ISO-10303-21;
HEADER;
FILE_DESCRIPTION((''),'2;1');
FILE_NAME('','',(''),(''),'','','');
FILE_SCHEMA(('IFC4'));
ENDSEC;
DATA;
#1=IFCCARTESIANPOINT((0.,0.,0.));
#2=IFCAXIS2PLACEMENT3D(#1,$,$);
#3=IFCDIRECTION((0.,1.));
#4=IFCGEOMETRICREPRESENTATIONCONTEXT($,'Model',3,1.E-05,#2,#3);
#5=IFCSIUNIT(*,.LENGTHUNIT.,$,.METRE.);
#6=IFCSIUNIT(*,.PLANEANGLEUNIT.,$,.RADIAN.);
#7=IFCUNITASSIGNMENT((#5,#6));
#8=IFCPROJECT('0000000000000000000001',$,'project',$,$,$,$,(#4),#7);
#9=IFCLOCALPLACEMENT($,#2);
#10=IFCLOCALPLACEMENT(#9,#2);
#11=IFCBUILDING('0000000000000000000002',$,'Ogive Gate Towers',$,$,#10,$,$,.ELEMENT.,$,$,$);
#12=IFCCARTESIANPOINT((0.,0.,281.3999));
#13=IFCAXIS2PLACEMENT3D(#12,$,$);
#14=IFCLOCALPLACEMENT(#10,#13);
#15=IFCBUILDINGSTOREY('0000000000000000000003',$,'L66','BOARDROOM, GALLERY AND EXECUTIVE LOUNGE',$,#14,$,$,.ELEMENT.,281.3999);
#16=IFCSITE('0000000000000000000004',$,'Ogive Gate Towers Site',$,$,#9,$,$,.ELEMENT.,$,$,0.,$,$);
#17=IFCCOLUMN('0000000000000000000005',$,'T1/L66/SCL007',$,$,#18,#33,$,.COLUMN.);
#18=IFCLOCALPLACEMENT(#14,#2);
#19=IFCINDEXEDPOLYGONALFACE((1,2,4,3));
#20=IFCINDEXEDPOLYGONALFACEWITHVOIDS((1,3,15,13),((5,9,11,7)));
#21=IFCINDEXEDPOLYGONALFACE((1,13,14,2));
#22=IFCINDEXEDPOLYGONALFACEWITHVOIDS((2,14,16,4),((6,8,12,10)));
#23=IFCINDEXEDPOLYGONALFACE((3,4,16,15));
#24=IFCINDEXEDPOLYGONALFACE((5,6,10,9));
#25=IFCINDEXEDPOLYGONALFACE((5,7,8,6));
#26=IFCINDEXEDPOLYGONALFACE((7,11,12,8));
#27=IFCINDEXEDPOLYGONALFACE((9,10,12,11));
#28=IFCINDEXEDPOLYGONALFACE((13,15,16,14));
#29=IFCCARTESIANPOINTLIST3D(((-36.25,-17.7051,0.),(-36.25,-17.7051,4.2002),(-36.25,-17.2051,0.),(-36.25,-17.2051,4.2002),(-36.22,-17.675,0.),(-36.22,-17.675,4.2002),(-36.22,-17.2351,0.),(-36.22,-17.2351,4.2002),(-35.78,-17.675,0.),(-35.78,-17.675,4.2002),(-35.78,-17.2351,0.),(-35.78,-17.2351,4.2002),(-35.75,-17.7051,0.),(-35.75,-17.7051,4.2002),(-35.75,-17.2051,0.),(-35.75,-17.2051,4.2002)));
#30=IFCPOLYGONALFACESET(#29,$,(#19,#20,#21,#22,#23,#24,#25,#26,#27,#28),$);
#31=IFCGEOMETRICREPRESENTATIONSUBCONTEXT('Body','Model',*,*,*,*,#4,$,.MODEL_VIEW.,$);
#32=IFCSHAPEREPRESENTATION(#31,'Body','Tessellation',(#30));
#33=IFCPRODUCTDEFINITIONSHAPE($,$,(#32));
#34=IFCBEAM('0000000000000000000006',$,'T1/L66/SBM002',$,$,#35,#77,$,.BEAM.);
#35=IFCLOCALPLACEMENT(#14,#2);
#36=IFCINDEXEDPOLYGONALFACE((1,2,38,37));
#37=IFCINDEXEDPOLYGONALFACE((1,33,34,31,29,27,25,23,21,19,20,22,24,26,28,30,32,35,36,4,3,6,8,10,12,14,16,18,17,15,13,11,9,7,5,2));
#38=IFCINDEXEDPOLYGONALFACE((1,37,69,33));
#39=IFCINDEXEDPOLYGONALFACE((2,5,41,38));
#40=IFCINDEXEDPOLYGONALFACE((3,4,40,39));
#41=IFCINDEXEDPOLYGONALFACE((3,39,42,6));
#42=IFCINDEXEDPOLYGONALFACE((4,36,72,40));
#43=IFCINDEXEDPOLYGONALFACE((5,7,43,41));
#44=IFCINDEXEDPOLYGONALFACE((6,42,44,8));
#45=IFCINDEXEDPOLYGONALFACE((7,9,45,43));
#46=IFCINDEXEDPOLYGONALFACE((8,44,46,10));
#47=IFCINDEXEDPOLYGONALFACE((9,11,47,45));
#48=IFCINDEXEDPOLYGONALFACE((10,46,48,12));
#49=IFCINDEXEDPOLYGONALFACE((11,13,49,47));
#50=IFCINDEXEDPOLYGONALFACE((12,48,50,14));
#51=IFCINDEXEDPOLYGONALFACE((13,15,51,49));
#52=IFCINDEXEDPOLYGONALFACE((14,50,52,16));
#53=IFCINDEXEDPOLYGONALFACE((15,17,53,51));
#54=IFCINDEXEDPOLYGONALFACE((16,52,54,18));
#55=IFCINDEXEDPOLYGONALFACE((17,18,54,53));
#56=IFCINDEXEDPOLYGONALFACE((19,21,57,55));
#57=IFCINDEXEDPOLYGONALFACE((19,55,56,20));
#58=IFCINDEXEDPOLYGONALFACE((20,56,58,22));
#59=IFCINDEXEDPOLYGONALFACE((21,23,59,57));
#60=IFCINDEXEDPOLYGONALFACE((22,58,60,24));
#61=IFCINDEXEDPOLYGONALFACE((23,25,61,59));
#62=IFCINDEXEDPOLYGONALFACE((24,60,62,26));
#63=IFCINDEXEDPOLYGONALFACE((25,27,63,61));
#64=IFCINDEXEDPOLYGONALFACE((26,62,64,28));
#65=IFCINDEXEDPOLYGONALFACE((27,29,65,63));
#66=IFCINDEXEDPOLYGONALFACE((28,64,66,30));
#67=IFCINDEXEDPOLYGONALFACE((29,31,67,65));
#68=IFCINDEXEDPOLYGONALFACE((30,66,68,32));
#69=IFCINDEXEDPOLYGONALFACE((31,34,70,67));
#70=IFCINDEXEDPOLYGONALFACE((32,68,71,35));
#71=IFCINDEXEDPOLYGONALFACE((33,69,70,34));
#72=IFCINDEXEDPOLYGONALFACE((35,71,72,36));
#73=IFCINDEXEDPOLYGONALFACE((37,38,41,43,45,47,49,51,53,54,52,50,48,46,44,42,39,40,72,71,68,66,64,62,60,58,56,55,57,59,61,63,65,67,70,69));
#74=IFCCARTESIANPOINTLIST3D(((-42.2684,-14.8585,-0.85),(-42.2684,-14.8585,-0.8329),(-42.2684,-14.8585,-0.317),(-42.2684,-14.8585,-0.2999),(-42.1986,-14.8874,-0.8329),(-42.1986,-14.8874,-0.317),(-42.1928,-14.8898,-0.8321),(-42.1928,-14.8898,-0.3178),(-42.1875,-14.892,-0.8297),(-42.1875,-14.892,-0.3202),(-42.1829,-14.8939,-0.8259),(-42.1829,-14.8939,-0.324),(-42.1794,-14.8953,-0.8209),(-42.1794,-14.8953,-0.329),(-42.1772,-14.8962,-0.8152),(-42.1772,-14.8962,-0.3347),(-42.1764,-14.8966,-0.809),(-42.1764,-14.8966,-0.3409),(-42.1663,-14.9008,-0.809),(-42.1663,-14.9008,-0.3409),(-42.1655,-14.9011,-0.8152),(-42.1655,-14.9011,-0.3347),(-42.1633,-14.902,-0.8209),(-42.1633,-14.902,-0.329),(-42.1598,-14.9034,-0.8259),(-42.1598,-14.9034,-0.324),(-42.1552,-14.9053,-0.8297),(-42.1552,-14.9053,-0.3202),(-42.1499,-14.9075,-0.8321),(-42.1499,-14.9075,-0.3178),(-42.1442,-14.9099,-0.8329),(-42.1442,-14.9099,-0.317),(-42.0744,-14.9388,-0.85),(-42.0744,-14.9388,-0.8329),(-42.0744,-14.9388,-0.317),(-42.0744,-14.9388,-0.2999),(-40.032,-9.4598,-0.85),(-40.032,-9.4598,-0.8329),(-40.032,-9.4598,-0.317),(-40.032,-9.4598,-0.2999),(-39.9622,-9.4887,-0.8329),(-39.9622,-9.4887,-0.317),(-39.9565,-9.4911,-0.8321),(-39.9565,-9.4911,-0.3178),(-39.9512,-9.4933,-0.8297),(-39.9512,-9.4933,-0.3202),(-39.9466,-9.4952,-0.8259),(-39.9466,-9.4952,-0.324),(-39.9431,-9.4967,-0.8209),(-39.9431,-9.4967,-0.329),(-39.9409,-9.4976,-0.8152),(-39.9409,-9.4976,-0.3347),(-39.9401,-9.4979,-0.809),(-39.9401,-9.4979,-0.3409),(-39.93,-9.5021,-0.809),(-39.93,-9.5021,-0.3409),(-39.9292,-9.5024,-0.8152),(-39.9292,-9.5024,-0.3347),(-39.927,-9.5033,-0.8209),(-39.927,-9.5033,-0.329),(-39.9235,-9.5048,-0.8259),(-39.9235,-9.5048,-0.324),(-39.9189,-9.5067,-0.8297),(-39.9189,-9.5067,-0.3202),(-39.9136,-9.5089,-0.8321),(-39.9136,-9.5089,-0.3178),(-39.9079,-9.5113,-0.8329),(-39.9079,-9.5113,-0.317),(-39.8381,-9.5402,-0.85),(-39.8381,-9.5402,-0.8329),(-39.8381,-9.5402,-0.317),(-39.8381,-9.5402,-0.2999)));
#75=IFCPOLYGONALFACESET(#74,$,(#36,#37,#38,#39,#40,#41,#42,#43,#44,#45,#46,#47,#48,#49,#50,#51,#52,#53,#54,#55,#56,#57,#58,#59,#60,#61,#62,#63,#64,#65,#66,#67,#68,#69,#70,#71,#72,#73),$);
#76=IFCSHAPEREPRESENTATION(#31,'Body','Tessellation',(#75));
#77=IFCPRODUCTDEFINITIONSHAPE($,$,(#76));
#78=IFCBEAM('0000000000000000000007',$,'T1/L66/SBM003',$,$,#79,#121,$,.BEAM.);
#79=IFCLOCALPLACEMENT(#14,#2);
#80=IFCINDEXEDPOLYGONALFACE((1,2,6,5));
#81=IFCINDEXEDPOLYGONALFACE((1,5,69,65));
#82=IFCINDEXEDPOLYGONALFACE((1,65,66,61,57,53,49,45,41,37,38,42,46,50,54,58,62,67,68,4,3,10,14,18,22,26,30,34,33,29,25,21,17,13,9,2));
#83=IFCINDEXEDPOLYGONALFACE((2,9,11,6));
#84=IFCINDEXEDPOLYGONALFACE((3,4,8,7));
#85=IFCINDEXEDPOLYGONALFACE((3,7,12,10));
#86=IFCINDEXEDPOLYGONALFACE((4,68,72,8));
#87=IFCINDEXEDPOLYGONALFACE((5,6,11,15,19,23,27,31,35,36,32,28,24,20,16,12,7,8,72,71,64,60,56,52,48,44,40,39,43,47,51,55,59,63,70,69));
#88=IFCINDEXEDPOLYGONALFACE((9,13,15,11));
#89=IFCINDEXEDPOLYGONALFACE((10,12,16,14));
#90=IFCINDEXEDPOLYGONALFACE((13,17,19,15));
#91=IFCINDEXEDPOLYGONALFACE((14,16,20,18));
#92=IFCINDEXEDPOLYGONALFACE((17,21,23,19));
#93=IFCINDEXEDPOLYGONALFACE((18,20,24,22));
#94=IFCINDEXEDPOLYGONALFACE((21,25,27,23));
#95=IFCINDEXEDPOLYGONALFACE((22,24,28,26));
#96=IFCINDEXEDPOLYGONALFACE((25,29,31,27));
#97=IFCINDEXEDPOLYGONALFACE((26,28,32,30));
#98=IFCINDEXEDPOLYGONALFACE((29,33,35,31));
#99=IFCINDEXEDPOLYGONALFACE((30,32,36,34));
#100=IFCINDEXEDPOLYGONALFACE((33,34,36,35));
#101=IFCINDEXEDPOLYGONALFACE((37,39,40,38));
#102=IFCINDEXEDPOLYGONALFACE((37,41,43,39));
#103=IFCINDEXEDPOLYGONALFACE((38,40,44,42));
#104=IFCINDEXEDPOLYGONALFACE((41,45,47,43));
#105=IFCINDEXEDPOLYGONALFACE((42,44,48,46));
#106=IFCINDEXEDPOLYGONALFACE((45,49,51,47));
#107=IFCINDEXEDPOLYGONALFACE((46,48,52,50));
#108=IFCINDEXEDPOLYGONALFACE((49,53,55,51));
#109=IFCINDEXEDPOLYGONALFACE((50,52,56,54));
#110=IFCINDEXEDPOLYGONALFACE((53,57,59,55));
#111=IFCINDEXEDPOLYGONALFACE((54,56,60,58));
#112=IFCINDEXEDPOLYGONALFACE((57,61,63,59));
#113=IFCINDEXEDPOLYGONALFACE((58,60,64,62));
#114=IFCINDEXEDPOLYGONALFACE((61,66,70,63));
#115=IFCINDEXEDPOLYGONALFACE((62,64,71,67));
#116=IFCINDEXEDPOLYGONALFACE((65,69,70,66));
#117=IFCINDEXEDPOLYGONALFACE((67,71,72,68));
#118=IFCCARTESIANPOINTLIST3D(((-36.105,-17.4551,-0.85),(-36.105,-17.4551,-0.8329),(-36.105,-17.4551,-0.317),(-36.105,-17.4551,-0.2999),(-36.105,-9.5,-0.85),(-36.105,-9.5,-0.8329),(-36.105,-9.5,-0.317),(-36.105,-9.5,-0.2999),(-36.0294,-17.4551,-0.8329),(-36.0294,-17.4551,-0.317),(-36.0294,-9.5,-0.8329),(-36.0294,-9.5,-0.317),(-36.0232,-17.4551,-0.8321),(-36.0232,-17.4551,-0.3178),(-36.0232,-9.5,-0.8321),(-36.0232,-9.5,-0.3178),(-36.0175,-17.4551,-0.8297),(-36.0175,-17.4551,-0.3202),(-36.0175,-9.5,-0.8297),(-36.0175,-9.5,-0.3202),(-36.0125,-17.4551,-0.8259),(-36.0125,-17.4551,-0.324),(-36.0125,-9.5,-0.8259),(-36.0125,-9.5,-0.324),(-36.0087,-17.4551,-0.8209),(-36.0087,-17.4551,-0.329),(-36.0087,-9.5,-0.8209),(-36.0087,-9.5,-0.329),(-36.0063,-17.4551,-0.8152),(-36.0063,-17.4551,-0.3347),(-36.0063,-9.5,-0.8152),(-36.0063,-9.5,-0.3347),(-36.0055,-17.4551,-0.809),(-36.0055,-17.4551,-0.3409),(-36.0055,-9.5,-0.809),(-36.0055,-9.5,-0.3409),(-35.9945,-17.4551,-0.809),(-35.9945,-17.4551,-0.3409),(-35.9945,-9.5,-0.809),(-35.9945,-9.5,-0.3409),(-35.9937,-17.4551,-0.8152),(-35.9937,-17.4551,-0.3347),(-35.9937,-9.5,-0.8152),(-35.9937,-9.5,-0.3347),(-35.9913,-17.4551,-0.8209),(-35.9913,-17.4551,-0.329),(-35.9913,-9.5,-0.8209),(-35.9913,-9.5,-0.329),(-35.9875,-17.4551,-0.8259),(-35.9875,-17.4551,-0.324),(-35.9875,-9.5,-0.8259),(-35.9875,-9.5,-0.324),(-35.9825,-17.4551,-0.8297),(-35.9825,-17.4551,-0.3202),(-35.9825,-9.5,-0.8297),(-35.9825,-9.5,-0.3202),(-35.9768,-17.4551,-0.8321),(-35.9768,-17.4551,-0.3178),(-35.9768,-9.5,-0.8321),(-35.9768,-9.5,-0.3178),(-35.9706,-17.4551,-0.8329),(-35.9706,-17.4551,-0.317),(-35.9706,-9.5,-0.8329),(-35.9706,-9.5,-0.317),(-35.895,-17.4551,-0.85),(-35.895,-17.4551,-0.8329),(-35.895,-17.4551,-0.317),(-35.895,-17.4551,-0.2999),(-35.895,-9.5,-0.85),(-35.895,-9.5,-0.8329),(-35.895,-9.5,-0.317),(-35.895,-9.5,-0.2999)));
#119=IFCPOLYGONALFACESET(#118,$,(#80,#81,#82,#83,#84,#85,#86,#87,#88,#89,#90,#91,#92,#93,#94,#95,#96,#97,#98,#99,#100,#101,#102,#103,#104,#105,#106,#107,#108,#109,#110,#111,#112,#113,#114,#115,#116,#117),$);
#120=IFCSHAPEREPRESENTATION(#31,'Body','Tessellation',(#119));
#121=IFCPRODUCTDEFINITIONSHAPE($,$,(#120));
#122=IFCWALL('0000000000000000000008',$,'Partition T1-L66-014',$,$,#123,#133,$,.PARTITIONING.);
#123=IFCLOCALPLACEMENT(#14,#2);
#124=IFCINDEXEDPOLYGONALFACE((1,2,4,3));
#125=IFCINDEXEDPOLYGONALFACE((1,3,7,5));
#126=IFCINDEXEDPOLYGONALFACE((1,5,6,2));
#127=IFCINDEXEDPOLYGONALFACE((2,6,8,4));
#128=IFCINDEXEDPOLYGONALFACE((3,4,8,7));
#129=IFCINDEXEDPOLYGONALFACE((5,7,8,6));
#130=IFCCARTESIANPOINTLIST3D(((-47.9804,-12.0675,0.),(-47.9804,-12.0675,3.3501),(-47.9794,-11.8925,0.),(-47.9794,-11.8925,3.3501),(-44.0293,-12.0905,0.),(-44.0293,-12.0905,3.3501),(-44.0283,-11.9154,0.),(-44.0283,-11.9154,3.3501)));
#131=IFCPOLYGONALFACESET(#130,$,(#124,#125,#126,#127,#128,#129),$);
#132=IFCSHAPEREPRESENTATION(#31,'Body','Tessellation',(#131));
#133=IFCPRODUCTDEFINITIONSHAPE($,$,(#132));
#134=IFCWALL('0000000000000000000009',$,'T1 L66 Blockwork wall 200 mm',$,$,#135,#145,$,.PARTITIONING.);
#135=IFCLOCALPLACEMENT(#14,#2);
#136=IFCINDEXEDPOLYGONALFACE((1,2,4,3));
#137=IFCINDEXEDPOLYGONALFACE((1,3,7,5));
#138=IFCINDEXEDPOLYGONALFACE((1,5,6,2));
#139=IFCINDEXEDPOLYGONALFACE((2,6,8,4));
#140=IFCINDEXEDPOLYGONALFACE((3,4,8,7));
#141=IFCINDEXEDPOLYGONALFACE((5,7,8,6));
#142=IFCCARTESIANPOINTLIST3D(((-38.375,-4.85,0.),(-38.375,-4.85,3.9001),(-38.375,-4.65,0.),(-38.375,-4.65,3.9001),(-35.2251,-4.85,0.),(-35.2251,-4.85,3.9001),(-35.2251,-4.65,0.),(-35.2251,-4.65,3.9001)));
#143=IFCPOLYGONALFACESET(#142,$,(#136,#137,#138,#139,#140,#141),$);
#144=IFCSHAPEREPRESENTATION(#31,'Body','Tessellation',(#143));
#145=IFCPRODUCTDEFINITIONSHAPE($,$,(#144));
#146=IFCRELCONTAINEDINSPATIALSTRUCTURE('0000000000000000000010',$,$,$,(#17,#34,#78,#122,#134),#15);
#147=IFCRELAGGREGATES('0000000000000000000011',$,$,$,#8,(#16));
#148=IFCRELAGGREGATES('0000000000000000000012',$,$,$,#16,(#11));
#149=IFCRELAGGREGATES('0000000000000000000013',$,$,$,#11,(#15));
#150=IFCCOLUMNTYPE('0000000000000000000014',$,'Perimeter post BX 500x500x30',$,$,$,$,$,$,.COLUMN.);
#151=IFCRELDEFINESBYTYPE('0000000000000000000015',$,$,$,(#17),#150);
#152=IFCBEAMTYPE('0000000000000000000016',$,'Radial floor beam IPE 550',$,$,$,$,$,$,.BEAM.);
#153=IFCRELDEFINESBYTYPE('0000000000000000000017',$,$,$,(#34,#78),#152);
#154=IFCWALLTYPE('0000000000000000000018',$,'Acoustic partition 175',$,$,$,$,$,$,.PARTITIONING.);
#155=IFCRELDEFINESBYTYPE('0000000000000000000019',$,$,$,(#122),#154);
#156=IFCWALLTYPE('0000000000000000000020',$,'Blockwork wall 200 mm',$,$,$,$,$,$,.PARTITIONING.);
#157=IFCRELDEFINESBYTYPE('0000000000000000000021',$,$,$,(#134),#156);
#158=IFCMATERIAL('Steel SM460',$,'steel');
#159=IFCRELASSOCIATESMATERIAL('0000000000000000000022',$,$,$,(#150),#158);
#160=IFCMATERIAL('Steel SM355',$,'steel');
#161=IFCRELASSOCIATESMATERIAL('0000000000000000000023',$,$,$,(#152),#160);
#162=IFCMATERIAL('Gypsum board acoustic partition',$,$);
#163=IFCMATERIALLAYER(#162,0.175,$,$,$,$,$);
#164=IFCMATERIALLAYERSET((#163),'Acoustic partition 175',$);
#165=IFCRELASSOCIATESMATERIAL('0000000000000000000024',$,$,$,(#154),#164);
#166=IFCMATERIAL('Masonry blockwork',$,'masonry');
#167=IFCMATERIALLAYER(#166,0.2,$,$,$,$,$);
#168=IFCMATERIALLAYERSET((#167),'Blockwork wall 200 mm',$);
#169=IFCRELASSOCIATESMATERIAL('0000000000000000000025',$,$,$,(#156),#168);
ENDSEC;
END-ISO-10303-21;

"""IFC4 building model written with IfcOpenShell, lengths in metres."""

from ifc_helpers import new_model, si_unit, direction, frame, frame_2d, origin, origin_2d, place, context, subcontext, project, spatial, rectangle, hollow_rectangle, i_section, extrude, material, layer, layer_set, material_profile, profile_set, type_object, element, save


model = new_model("IFC4")

# Units and contexts
model_context = context("Model", 3, precision=1e-05, world=origin(), true_north=direction((0.0, 1.0)))
body_context = subcontext(model_context, "Body", "Model", "MODEL_VIEW")
ifc_project = project(units=[si_unit("LENGTHUNIT", "METRE"), si_unit("PLANEANGLEUNIT", "RADIAN")], contexts=[model_context])

# Site, building, storey
site_placement = place(None, origin())
site = spatial("IfcSite", under=ifc_project, at=site_placement, Name="Ogive Gate Towers Site", CompositionType="ELEMENT", RefElevation=0.0)
building_placement = place(site_placement, origin())
building = spatial("IfcBuilding", under=site, at=building_placement, Name="Ogive Gate Towers", CompositionType="ELEMENT")
storey_placement = place(building_placement, frame((0.0, 0.0, 281.3999)))
storey = spatial("IfcBuildingStorey", under=building, at=storey_placement, Name="L66", Description="BOARDROOM, GALLERY AND EXECUTIVE LOUNGE", CompositionType="ELEMENT", Elevation=281.3999)

# Column
ifc_material_1 = material(Name="Steel SM460", Category="steel")
ifc_material_profile_1 = material_profile(ifc_material_1, hollow_rectangle(XDim=0.5, YDim=0.5, WallThickness=0.03, at=origin_2d()), Name="BX 500x500x30")
ifc_profile_set_1 = profile_set([ifc_material_profile_1], Name="Steel SM460")
column_type = type_object("IfcColumnType", Name="Perimeter post BX 500x500x30", PredefinedType="COLUMN", material=ifc_profile_set_1)
column_placement = place(storey_placement, frame((-36.0, -17.4551, 0.0), z_axis=(0.0, 0.0, 1.0), x_axis=(1.0, 0.0, 0.0)))
element("IfcColumn", 1, at=column_placement, inside=storey, type_object=column_type, Name="T1/L66/SCL007", PredefinedType="COLUMN", context=body_context, shape_type="SweptSolid", body=[
    extrude(hollow_rectangle(XDim=0.5, YDim=0.5, WallThickness=0.03, at=origin_2d()), origin(), (0.0, 0.0, 1.0), 4.2002),
])

# Beams
ifc_material_2 = material(Name="Steel SM355", Category="steel")
ifc_material_profile_2 = material_profile(ifc_material_2, i_section(OverallWidth=0.21, OverallDepth=0.55, WebThickness=0.011, FlangeThickness=0.0171, FilletRadius=0.0239, at=origin_2d()), Name="IPE 550")
ifc_profile_set_2 = profile_set([ifc_material_profile_2], Name="Steel SM355")
beam_type = type_object("IfcBeamType", Name="Radial floor beam IPE 550", PredefinedType="BEAM", material=ifc_profile_set_2)
beam_1_placement = place(storey_placement, frame((-39.9351, -9.5, -0.575), z_axis=(-0.382701, -0.923872, 0.0), x_axis=(0.923872, -0.382701, 0.0)))
element("IfcBeam", 2, at=beam_1_placement, inside=storey, type_object=beam_type, Name="T1/L66/SBM002", PredefinedType="BEAM", context=body_context, shape_type="SweptSolid", body=[
    extrude(i_section(OverallWidth=0.21, OverallDepth=0.55, WebThickness=0.011, FlangeThickness=0.0171, FilletRadius=0.0239, at=origin_2d()), origin(), (0.0, 0.0, 1.0), 5.8435),
])
beam_2_placement = place(storey_placement, frame((-36.0, -9.5, -0.575), z_axis=(0.0, -1.0, 0.0), x_axis=(1.0, 0.0, 0.0)))
element("IfcBeam", 3, at=beam_2_placement, inside=storey, type_object=beam_type, Name="T1/L66/SBM003", PredefinedType="BEAM", context=body_context, shape_type="SweptSolid", body=[
    extrude(i_section(OverallWidth=0.21, OverallDepth=0.55, WebThickness=0.011, FlangeThickness=0.0171, FilletRadius=0.0239, at=origin_2d()), origin(), (0.0, 0.0, 1.0), 7.9551),
])

# Walls
ifc_material_3 = material(Name="Gypsum board acoustic partition")
ifc_layer_1 = layer(ifc_material_3, 0.175)
ifc_layer_set_1 = layer_set([ifc_layer_1], Name="Acoustic partition 175")
wall_type_1 = type_object("IfcWallType", Name="Acoustic partition 175", PredefinedType="PARTITIONING", material=ifc_layer_set_1)
wall_1_placement = place(storey_placement, frame((-44.0288, -12.0029, 0.0), z_axis=(0.0, 0.0, 1.0), x_axis=(-0.999983, 0.005808, 0.0)))
element("IfcWall", 4, at=wall_1_placement, inside=storey, type_object=wall_type_1, Name="Partition T1-L66-014", PredefinedType="PARTITIONING", context=body_context, shape_type="SweptSolid", body=[
    extrude(rectangle(XDim=3.9512, YDim=0.175, at=frame_2d((1.9756, 0.0))), origin(), (0.0, 0.0, 1.0), 3.3501),
])
ifc_material_4 = material(Name="Masonry blockwork", Category="masonry")
ifc_layer_2 = layer(ifc_material_4, 0.2)
ifc_layer_set_2 = layer_set([ifc_layer_2], Name="Blockwork wall 200 mm")
wall_type_2 = type_object("IfcWallType", Name="Blockwork wall 200 mm", PredefinedType="PARTITIONING", material=ifc_layer_set_2)
wall_2_placement = place(storey_placement, frame((-38.375, -4.75, 0.0), z_axis=(0.0, 0.0, 1.0), x_axis=(1.0, 0.0, 0.0)))
element("IfcWall", 5, at=wall_2_placement, inside=storey, type_object=wall_type_2, Name="T1 L66 Blockwork wall 200 mm", PredefinedType="PARTITIONING", context=body_context, shape_type="SweptSolid", body=[
    extrude(rectangle(XDim=3.1499, YDim=0.2, at=frame_2d((1.575, 0.0))), origin(), (0.0, 0.0, 1.0), 3.9001),
])

save(model, "model.ifc")
